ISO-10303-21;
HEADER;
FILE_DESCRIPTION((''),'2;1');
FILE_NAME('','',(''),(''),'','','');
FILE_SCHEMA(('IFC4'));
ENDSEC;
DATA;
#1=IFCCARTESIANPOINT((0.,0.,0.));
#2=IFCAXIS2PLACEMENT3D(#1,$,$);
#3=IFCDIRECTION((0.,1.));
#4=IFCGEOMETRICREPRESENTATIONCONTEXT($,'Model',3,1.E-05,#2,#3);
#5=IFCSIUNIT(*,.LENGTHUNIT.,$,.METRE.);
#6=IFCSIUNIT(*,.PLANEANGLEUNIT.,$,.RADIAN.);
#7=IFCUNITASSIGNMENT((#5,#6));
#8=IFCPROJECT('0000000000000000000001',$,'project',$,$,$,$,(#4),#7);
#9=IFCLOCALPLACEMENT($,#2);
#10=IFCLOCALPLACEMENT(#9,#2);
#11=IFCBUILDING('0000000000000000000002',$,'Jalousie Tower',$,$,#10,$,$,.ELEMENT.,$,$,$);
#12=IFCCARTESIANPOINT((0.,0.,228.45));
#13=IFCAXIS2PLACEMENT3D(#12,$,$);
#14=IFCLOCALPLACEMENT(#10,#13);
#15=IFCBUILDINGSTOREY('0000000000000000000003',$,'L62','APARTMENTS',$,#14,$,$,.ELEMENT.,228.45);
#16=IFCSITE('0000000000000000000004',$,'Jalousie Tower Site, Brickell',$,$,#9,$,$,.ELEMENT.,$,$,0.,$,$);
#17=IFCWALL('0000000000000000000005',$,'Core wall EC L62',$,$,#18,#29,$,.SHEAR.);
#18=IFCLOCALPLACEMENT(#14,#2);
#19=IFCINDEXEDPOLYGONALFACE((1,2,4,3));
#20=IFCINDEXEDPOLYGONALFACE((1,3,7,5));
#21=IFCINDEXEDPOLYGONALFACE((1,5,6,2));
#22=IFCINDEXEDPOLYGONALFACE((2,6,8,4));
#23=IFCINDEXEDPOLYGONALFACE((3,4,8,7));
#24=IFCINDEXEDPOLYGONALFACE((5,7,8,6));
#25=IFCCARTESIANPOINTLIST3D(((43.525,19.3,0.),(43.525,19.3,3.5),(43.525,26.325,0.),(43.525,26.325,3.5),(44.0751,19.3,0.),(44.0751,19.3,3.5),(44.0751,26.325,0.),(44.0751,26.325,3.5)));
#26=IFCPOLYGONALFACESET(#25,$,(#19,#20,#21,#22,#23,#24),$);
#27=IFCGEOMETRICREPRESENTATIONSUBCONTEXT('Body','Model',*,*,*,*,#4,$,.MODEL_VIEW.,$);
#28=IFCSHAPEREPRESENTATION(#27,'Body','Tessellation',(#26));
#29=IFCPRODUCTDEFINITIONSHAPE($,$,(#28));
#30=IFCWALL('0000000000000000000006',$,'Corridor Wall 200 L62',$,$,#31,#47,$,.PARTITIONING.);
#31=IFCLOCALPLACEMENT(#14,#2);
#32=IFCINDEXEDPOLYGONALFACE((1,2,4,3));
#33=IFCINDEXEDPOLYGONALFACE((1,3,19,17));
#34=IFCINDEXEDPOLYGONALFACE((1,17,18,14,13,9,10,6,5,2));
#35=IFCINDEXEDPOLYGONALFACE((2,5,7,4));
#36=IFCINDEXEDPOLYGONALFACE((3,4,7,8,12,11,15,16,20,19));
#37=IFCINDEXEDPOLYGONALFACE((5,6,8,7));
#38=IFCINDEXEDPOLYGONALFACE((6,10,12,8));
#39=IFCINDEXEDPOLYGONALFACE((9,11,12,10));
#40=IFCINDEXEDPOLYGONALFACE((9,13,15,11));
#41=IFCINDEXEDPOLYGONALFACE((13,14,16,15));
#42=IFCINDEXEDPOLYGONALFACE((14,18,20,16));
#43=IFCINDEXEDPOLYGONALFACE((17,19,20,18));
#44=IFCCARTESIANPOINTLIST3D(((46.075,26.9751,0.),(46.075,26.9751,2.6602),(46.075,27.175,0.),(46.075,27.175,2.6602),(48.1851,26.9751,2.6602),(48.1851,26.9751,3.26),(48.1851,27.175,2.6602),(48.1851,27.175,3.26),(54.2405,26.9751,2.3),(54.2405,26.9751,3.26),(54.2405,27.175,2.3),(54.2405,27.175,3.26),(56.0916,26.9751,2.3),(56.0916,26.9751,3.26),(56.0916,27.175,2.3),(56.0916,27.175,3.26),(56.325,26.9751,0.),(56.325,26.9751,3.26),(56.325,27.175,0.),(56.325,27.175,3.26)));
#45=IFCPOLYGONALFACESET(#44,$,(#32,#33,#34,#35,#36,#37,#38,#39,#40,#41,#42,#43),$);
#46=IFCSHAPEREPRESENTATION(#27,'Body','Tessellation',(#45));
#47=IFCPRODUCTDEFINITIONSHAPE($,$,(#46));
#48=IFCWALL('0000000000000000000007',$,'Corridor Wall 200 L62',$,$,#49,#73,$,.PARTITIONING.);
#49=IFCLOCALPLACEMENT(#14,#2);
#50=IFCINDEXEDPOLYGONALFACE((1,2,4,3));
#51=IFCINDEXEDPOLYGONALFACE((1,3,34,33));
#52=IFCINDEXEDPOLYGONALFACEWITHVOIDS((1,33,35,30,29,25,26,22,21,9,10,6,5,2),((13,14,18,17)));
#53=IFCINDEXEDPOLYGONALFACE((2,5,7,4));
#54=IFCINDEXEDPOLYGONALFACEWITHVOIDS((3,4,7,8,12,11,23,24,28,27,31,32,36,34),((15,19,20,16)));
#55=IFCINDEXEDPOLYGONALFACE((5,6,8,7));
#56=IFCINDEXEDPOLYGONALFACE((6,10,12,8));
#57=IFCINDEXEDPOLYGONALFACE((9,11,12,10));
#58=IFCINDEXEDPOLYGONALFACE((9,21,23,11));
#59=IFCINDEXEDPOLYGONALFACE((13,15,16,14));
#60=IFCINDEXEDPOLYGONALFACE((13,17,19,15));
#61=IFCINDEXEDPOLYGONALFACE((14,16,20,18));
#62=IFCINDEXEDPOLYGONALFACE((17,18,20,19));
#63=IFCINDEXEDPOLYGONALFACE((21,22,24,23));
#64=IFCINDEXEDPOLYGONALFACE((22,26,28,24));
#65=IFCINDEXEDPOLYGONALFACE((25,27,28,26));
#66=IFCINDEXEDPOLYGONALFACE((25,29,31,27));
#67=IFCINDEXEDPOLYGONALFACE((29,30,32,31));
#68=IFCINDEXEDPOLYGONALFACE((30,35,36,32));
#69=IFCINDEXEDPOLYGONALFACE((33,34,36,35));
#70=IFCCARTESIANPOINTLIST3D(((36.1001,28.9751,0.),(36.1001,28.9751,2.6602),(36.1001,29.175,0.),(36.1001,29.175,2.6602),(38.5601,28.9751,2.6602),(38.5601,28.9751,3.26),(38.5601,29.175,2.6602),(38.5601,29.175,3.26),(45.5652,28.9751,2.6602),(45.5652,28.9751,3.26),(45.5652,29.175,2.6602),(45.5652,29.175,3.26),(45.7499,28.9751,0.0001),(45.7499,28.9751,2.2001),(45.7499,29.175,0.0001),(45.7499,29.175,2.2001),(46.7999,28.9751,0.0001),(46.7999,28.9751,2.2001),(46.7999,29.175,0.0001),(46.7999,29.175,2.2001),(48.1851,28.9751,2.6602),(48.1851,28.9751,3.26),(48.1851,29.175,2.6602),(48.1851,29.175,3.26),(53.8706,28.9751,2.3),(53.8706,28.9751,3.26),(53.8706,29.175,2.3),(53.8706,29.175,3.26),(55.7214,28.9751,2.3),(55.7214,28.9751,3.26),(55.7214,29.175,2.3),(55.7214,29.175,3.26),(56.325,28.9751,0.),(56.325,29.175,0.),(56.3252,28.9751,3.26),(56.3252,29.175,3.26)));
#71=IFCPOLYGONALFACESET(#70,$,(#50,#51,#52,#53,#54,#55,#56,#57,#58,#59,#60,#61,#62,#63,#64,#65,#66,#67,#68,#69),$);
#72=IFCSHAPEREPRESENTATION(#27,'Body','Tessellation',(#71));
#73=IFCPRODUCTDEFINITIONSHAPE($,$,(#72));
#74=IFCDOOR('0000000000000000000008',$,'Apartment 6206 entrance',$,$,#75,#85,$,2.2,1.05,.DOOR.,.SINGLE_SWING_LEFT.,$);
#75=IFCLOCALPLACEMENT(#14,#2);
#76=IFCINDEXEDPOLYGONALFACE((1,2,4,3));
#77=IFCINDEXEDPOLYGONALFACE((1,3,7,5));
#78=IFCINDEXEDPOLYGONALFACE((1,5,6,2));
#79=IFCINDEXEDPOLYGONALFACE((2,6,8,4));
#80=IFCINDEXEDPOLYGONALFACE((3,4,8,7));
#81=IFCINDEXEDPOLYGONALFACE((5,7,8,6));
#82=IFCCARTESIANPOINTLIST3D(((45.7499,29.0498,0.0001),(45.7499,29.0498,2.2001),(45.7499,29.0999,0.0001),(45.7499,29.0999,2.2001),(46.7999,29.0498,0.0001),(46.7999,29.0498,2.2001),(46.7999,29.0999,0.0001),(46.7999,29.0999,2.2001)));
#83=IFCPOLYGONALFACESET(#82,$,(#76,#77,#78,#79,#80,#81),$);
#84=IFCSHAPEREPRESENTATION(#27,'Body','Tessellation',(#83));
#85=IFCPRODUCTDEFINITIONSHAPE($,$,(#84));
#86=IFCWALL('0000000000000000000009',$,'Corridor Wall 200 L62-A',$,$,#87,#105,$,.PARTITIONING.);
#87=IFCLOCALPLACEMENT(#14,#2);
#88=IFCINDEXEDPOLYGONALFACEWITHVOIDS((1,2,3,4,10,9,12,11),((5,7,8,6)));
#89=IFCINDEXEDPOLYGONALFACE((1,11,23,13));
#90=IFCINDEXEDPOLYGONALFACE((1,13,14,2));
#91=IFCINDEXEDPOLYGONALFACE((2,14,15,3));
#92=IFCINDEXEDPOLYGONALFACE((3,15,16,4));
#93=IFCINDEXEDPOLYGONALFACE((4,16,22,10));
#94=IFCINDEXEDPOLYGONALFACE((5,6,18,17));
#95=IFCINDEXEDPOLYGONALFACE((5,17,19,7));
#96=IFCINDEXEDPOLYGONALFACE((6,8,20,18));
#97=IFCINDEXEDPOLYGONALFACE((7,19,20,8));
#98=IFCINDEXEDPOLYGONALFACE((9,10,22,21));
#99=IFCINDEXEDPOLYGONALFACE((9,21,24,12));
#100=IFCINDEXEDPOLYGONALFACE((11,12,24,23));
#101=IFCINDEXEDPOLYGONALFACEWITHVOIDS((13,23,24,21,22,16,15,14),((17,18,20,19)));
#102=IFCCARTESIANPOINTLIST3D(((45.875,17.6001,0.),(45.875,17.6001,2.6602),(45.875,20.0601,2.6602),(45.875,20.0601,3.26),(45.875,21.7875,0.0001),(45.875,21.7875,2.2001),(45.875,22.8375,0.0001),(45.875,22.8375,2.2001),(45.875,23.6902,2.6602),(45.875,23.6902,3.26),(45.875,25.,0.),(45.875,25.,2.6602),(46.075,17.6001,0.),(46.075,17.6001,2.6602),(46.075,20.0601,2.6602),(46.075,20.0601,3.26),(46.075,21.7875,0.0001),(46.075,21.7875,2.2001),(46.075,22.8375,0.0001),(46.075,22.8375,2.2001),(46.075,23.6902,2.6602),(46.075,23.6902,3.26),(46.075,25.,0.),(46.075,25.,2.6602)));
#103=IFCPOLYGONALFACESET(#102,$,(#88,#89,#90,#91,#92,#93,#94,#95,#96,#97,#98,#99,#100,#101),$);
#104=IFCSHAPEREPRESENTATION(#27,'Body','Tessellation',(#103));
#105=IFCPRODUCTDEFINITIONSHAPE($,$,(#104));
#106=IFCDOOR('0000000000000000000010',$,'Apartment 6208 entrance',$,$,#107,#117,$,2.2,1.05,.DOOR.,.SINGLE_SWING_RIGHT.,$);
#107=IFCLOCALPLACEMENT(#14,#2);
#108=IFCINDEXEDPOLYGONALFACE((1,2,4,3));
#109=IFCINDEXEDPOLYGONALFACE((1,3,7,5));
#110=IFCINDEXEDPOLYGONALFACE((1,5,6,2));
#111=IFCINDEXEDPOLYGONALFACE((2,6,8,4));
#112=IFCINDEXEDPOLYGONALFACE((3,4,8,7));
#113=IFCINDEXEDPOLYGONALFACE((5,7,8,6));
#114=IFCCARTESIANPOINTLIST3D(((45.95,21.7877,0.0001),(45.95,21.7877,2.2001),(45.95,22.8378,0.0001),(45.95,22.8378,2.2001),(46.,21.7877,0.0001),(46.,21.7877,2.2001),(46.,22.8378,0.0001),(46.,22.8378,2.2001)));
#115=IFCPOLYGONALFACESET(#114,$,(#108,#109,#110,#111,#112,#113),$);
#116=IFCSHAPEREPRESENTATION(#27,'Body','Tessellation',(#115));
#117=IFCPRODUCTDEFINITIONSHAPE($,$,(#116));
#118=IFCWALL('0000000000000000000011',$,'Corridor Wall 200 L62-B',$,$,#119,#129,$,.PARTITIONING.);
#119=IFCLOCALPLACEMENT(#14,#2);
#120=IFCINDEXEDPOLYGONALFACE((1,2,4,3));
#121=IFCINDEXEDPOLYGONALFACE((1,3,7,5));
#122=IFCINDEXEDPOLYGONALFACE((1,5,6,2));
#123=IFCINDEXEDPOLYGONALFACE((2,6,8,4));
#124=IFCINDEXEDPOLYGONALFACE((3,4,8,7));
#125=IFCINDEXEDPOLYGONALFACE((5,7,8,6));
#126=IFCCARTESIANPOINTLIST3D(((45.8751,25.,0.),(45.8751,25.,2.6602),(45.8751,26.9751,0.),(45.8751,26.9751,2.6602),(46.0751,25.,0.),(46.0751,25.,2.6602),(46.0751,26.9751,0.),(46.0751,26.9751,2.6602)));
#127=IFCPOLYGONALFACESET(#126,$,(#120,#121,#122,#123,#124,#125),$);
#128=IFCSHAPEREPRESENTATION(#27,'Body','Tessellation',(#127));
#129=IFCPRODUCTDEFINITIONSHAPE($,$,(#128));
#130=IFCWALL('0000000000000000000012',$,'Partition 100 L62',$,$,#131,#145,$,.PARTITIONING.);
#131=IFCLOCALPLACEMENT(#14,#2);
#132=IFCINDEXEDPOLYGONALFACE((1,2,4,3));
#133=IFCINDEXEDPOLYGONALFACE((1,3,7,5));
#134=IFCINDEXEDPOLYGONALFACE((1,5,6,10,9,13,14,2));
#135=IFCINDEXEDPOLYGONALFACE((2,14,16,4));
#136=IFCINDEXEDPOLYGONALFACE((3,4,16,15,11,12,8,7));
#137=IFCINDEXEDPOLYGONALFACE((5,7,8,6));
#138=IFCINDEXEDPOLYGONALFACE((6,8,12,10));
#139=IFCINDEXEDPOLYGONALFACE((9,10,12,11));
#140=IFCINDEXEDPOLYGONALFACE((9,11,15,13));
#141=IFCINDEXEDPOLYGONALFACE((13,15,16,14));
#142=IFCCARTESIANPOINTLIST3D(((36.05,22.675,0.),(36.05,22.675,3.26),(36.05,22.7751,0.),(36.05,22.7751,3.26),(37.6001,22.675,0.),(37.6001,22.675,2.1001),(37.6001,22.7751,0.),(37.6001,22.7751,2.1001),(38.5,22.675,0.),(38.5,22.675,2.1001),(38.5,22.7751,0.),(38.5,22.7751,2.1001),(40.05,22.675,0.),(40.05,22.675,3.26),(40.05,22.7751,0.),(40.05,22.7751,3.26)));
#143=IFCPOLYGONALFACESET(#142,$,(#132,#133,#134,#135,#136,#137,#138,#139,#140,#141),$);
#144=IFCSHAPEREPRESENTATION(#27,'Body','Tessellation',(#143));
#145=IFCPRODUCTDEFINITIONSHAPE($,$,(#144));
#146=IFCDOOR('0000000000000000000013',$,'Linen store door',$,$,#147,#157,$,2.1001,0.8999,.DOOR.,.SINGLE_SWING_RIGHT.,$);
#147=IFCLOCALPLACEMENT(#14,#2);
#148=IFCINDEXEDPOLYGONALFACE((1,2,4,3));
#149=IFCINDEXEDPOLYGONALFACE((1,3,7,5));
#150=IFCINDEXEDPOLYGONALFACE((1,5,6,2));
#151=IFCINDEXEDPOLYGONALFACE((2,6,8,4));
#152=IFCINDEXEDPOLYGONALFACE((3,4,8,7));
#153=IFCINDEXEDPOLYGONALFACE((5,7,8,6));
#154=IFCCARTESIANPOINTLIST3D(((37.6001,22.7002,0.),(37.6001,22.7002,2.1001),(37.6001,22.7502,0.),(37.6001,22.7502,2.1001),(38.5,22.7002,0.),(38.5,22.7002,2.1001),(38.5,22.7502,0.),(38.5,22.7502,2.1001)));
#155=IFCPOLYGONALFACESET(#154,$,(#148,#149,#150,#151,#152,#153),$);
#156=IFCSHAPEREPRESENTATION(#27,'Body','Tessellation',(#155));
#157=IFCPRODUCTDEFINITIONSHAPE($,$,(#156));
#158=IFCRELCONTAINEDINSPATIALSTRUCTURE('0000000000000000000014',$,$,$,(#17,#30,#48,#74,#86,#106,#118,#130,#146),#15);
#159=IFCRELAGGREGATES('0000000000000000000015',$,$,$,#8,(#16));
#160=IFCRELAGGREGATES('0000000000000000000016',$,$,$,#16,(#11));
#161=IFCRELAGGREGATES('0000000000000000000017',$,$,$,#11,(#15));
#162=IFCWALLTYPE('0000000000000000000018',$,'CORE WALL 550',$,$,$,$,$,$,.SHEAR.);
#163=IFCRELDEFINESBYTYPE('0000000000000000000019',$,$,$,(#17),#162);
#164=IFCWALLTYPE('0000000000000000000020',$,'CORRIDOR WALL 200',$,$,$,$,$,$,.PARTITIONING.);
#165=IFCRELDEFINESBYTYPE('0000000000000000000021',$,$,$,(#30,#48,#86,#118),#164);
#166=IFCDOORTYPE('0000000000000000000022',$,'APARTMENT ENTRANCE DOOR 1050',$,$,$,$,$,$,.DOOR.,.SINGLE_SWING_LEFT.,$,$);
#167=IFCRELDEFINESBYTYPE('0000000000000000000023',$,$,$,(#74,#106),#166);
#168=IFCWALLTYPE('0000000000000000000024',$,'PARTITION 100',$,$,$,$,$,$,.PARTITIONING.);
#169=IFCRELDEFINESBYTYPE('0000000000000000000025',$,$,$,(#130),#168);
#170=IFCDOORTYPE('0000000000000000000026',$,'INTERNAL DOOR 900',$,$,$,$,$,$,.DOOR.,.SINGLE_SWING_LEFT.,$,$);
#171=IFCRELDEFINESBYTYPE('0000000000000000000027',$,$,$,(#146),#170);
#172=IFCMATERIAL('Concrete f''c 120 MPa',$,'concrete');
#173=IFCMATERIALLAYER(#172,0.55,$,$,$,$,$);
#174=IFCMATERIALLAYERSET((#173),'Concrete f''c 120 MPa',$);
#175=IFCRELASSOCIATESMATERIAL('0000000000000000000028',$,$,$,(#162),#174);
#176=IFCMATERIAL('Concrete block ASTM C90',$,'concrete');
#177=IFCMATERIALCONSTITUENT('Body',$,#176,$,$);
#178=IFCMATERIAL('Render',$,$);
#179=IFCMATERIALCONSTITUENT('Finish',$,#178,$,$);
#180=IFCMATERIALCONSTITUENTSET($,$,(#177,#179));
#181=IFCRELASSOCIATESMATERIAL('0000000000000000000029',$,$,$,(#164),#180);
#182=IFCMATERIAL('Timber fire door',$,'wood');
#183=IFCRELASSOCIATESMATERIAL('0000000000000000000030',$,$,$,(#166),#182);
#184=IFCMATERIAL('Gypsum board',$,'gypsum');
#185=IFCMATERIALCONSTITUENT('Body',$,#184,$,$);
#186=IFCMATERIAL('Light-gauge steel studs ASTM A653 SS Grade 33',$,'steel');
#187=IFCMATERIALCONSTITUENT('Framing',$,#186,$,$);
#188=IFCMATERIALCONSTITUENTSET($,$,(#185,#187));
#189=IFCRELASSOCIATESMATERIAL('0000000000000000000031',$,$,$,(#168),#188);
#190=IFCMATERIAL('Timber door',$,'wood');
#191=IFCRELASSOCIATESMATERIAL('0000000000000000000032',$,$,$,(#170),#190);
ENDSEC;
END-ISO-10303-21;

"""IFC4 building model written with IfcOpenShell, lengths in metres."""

from ifc_helpers import new_model, si_unit, direction, frame, frame_2d, origin, place, context, subcontext, project, spatial, polyline, rectangle, outline, extrude, material, layer, layer_set, constituent, constituent_set, type_object, element, fill, save


model = new_model("IFC4")

# Units and contexts
model_context = context("Model", 3, precision=1e-05, world=origin(), true_north=direction((0.0, 1.0)))
body_context = subcontext(model_context, "Body", "Model", "MODEL_VIEW")
ifc_project = project(units=[si_unit("LENGTHUNIT", "METRE"), si_unit("PLANEANGLEUNIT", "RADIAN")], contexts=[model_context])

# Site, building, storey
site_placement = place(None, origin())
site = spatial("IfcSite", under=ifc_project, at=site_placement, Name="Jalousie Tower Site, Brickell", CompositionType="ELEMENT", RefElevation=0.0)
building_placement = place(site_placement, origin())
building = spatial("IfcBuilding", under=site, at=building_placement, Name="Jalousie Tower", CompositionType="ELEMENT")
storey_placement = place(building_placement, frame((0.0, 0.0, 228.45)))
storey = spatial("IfcBuildingStorey", under=building, at=storey_placement, Name="L62", Description="APARTMENTS", CompositionType="ELEMENT", Elevation=228.45)

# Walls
ifc_material_1 = material(Name="Concrete f'c 120 MPa", Category="concrete")
ifc_layer_1 = layer(ifc_material_1, 0.55)
ifc_layer_set_1 = layer_set([ifc_layer_1], Name="Concrete f'c 120 MPa")
wall_type_1 = type_object("IfcWallType", Name="CORE WALL 550", PredefinedType="SHEAR", material=ifc_layer_set_1)
wall_1_placement = place(storey_placement, frame((43.8, 19.3, 0.0), z_axis=(0.0, 0.0, 1.0), x_axis=(0.0, 1.0, 0.0)))
element("IfcWall", 1, at=wall_1_placement, inside=storey, type_object=wall_type_1, Name="Core wall EC L62", PredefinedType="SHEAR", context=body_context, shape_type="SweptSolid", body=[
    extrude(rectangle(XDim=7.0249, YDim=0.55, at=frame_2d((3.5125, 0.0))), origin(), (0.0, 0.0, 1.0), 3.5),
])
ifc_material_2 = material(Name="Concrete block ASTM C90", Category="concrete")
ifc_constituent_1 = constituent(ifc_material_2, Name="Body")
ifc_material_3 = material(Name="Render")
ifc_constituent_2 = constituent(ifc_material_3, Name="Finish")
ifc_constituent_set_1 = constituent_set(constituents=[ifc_constituent_1, ifc_constituent_2])
wall_type_2 = type_object("IfcWallType", Name="CORRIDOR WALL 200", PredefinedType="PARTITIONING", material=ifc_constituent_set_1)
wall_2_placement = place(storey_placement, frame((46.075, 27.075, 0.0), z_axis=(0.0, 0.0, 1.0), x_axis=(1.0, 0.0, 0.0)))
element("IfcWall", 2, at=wall_2_placement, inside=storey, type_object=wall_type_2, Name="Corridor Wall 200 L62", PredefinedType="PARTITIONING", context=body_context, shape_type="SweptSolid", body=[
    extrude(outline(polyline([(0.0, 0.0), (10.25, 0.0), (10.25, 3.26), (10.0166, 3.26), (10.0166, 2.3), (8.1655, 2.3), (8.1655, 3.26), (2.1101, 3.26), (2.1101, 2.6602), (0.0, 2.6602), (0.0, 3.26), (0.0, 0.0)])), frame((0.0, 0.1001, 0.0), z_axis=(0.0, -1.0, 0.0), x_axis=(1.0, 0.0, 0.0)), (0.0, 0.0, 1.0), 0.2),
])

# Walls, openings, doors
wall_3_placement = place(storey_placement, frame((36.1001, 29.075, 0.0), z_axis=(0.0, 0.0, 1.0), x_axis=(1.0, 0.0, 0.0)))
wall_3 = element("IfcWall", 3, at=wall_3_placement, inside=storey, type_object=wall_type_2, Name="Corridor Wall 200 L62", PredefinedType="PARTITIONING", context=body_context, shape_type="SweptSolid", body=[
    extrude(outline(polyline([(0.0, 0.0), (20.2249, 0.0), (20.2251, 3.26), (19.6213, 3.26), (19.6213, 2.3), (17.7705, 2.3), (17.7705, 3.26), (12.085, 3.26), (12.085, 2.6602), (9.4651, 2.6602), (9.4651, 3.26), (2.46, 3.26), (2.46, 2.6602), (0.0, 2.6602), (0.0, 3.26), (0.0, 0.0)])), frame((0.0, 0.1001, 0.0), z_axis=(0.0, -1.0, 0.0), x_axis=(1.0, 0.0, 0.0)), (0.0, 0.0, 1.0), 0.2),
])
opening_1_placement = place(wall_3_placement, frame((9.6499, 0.0, 0.0)))
opening_1 = element("IfcOpeningElement", 4, at=opening_1_placement, cuts=wall_3, PredefinedType="OPENING", context=body_context, shape_type="SweptSolid", body=[
    extrude(rectangle(XDim=1.05, YDim=2.2, at=frame_2d((0.5249, 1.1001))), frame((0.0, 0.1099, 0.0), z_axis=(0.0, -1.0, 0.0), x_axis=(1.0, 0.0, 0.0)), (0.0, 0.0, 1.0), 0.22),
])
ifc_material_4 = material(Name="Timber fire door", Category="wood")
door_type_1 = type_object("IfcDoorType", Name="APARTMENT ENTRANCE DOOR 1050", OperationType="SINGLE_SWING_LEFT", PredefinedType="DOOR", material=ifc_material_4)
door_1_placement = place(opening_1_placement, origin())
door_1 = element("IfcDoor", 5, at=door_1_placement, inside=storey, type_object=door_type_1, Name="Apartment 6206 entrance", OperationType="SINGLE_SWING_LEFT", OverallHeight=2.2, OverallWidth=1.05, PredefinedType="DOOR", context=body_context, shape_type="SweptSolid", body=[
    extrude(rectangle(XDim=1.05, YDim=2.2, at=frame_2d((0.5249, 1.1001))), frame((0.0, 0.0249, 0.0), z_axis=(0.0, -1.0, 0.0), x_axis=(1.0, 0.0, 0.0)), (0.0, 0.0, 1.0), 0.05),
])
fill(opening_1, door_1)
wall_4_placement = place(storey_placement, frame((45.9751, 17.6001, 0.0), z_axis=(0.0, 0.0, 1.0), x_axis=(0.0, 1.0, 0.0)))
wall_4 = element("IfcWall", 6, at=wall_4_placement, inside=storey, type_object=wall_type_2, Name="Corridor Wall 200 L62-A", PredefinedType="PARTITIONING", context=body_context, shape_type="SweptSolid", body=[
    extrude(outline(polyline([(0.0, 0.0), (7.3999, 0.0), (7.3999, 2.6602), (6.0901, 2.6602), (6.0901, 3.26), (2.46, 3.26), (2.46, 2.6602), (0.0, 2.6602), (0.0, 0.0)])), frame((0.0, 0.1001, 0.0), z_axis=(0.0, -1.0, 0.0), x_axis=(1.0, 0.0, 0.0)), (0.0, 0.0, 1.0), 0.2),
])
opening_2_placement = place(wall_4_placement, frame((4.1875, 0.0, 0.0)))
opening_2 = element("IfcOpeningElement", 7, at=opening_2_placement, cuts=wall_4, PredefinedType="OPENING", context=body_context, shape_type="SweptSolid", body=[
    extrude(rectangle(XDim=1.05, YDim=2.2, at=frame_2d((0.5249, 1.1001))), frame((0.0, 0.1099, 0.0), z_axis=(0.0, -1.0, 0.0), x_axis=(1.0, 0.0, 0.0)), (0.0, 0.0, 1.0), 0.22),
])
door_2_placement = place(opening_2_placement, frame((1.05, 0.0, 0.0), z_axis=(0.0, 0.0, 1.0), x_axis=(-1.0, 0.0, 0.0)))
door_2 = element("IfcDoor", 8, at=door_2_placement, inside=storey, type_object=door_type_1, Name="Apartment 6208 entrance", OperationType="SINGLE_SWING_RIGHT", OverallHeight=2.2, OverallWidth=1.05, PredefinedType="DOOR", context=body_context, shape_type="SweptSolid", body=[
    extrude(rectangle(XDim=1.05, YDim=2.2, at=frame_2d((0.5249, 1.1001))), frame((0.0, 0.0249, 0.0), z_axis=(0.0, -1.0, 0.0), x_axis=(1.0, 0.0, 0.0)), (0.0, 0.0, 1.0), 0.05),
])
fill(opening_2, door_2)

# Wall
wall_5_placement = place(storey_placement, frame((45.9751, 25.0, 0.0), z_axis=(0.0, 0.0, 1.0), x_axis=(0.0, 1.0, 0.0)))
element("IfcWall", 9, at=wall_5_placement, inside=storey, type_object=wall_type_2, Name="Corridor Wall 200 L62-B", PredefinedType="PARTITIONING", context=body_context, shape_type="SweptSolid", body=[
    extrude(rectangle(XDim=1.9751, YDim=0.2, at=frame_2d((0.9875, 0.0))), origin(), (0.0, 0.0, 1.0), 2.6602),
])

# Wall, opening, door
ifc_material_5 = material(Name="Gypsum board", Category="gypsum")
ifc_constituent_3 = constituent(ifc_material_5, Name="Body")
ifc_material_6 = material(Name="Light-gauge steel studs ASTM A653 SS Grade 33", Category="steel")
ifc_constituent_4 = constituent(ifc_material_6, Name="Framing")
ifc_constituent_set_2 = constituent_set(constituents=[ifc_constituent_3, ifc_constituent_4])
wall_type_3 = type_object("IfcWallType", Name="PARTITION 100", PredefinedType="PARTITIONING", material=ifc_constituent_set_2)
wall_6_placement = place(storey_placement, frame((36.05, 22.7251, 0.0), z_axis=(0.0, 0.0, 1.0), x_axis=(1.0, 0.0, 0.0)))
wall_6 = element("IfcWall", 10, at=wall_6_placement, inside=storey, type_object=wall_type_3, Name="Partition 100 L62", PredefinedType="PARTITIONING", context=body_context, shape_type="SweptSolid", body=[
    extrude(rectangle(XDim=4.0, YDim=0.1001, at=frame_2d((2.0, 0.0))), origin(), (0.0, 0.0, 1.0), 3.26),
])
opening_3_placement = place(wall_6_placement, frame((1.55, 0.0, 0.0)))
opening_3 = element("IfcOpeningElement", 11, at=opening_3_placement, cuts=wall_6, PredefinedType="OPENING", context=body_context, shape_type="SweptSolid", body=[
    extrude(rectangle(XDim=0.8999, YDim=2.1001, at=frame_2d((0.45, 1.05))), frame((0.0, 0.0601, 0.0), z_axis=(0.0, -1.0, 0.0), x_axis=(1.0, 0.0, 0.0)), (0.0, 0.0, 1.0), 0.1201),
])
ifc_material_7 = material(Name="Timber door", Category="wood")
door_type_2 = type_object("IfcDoorType", Name="INTERNAL DOOR 900", OperationType="SINGLE_SWING_LEFT", PredefinedType="DOOR", material=ifc_material_7)
door_3_placement = place(opening_3_placement, frame((0.8999, 0.0, 0.0), z_axis=(0.0, 0.0, 1.0), x_axis=(-1.0, 0.0, 0.0)))
door_3 = element("IfcDoor", 12, at=door_3_placement, inside=storey, type_object=door_type_2, Name="Linen store door", OperationType="SINGLE_SWING_RIGHT", OverallHeight=2.1001, OverallWidth=0.8999, PredefinedType="DOOR", context=body_context, shape_type="SweptSolid", body=[
    extrude(rectangle(XDim=0.8999, YDim=2.1001, at=frame_2d((0.45, 1.05))), frame((0.0, 0.0249, 0.0), z_axis=(0.0, -1.0, 0.0), x_axis=(1.0, 0.0, 0.0)), (0.0, 0.0, 1.0), 0.05),
])
fill(opening_3, door_3)

save(model, "model.ifc")
